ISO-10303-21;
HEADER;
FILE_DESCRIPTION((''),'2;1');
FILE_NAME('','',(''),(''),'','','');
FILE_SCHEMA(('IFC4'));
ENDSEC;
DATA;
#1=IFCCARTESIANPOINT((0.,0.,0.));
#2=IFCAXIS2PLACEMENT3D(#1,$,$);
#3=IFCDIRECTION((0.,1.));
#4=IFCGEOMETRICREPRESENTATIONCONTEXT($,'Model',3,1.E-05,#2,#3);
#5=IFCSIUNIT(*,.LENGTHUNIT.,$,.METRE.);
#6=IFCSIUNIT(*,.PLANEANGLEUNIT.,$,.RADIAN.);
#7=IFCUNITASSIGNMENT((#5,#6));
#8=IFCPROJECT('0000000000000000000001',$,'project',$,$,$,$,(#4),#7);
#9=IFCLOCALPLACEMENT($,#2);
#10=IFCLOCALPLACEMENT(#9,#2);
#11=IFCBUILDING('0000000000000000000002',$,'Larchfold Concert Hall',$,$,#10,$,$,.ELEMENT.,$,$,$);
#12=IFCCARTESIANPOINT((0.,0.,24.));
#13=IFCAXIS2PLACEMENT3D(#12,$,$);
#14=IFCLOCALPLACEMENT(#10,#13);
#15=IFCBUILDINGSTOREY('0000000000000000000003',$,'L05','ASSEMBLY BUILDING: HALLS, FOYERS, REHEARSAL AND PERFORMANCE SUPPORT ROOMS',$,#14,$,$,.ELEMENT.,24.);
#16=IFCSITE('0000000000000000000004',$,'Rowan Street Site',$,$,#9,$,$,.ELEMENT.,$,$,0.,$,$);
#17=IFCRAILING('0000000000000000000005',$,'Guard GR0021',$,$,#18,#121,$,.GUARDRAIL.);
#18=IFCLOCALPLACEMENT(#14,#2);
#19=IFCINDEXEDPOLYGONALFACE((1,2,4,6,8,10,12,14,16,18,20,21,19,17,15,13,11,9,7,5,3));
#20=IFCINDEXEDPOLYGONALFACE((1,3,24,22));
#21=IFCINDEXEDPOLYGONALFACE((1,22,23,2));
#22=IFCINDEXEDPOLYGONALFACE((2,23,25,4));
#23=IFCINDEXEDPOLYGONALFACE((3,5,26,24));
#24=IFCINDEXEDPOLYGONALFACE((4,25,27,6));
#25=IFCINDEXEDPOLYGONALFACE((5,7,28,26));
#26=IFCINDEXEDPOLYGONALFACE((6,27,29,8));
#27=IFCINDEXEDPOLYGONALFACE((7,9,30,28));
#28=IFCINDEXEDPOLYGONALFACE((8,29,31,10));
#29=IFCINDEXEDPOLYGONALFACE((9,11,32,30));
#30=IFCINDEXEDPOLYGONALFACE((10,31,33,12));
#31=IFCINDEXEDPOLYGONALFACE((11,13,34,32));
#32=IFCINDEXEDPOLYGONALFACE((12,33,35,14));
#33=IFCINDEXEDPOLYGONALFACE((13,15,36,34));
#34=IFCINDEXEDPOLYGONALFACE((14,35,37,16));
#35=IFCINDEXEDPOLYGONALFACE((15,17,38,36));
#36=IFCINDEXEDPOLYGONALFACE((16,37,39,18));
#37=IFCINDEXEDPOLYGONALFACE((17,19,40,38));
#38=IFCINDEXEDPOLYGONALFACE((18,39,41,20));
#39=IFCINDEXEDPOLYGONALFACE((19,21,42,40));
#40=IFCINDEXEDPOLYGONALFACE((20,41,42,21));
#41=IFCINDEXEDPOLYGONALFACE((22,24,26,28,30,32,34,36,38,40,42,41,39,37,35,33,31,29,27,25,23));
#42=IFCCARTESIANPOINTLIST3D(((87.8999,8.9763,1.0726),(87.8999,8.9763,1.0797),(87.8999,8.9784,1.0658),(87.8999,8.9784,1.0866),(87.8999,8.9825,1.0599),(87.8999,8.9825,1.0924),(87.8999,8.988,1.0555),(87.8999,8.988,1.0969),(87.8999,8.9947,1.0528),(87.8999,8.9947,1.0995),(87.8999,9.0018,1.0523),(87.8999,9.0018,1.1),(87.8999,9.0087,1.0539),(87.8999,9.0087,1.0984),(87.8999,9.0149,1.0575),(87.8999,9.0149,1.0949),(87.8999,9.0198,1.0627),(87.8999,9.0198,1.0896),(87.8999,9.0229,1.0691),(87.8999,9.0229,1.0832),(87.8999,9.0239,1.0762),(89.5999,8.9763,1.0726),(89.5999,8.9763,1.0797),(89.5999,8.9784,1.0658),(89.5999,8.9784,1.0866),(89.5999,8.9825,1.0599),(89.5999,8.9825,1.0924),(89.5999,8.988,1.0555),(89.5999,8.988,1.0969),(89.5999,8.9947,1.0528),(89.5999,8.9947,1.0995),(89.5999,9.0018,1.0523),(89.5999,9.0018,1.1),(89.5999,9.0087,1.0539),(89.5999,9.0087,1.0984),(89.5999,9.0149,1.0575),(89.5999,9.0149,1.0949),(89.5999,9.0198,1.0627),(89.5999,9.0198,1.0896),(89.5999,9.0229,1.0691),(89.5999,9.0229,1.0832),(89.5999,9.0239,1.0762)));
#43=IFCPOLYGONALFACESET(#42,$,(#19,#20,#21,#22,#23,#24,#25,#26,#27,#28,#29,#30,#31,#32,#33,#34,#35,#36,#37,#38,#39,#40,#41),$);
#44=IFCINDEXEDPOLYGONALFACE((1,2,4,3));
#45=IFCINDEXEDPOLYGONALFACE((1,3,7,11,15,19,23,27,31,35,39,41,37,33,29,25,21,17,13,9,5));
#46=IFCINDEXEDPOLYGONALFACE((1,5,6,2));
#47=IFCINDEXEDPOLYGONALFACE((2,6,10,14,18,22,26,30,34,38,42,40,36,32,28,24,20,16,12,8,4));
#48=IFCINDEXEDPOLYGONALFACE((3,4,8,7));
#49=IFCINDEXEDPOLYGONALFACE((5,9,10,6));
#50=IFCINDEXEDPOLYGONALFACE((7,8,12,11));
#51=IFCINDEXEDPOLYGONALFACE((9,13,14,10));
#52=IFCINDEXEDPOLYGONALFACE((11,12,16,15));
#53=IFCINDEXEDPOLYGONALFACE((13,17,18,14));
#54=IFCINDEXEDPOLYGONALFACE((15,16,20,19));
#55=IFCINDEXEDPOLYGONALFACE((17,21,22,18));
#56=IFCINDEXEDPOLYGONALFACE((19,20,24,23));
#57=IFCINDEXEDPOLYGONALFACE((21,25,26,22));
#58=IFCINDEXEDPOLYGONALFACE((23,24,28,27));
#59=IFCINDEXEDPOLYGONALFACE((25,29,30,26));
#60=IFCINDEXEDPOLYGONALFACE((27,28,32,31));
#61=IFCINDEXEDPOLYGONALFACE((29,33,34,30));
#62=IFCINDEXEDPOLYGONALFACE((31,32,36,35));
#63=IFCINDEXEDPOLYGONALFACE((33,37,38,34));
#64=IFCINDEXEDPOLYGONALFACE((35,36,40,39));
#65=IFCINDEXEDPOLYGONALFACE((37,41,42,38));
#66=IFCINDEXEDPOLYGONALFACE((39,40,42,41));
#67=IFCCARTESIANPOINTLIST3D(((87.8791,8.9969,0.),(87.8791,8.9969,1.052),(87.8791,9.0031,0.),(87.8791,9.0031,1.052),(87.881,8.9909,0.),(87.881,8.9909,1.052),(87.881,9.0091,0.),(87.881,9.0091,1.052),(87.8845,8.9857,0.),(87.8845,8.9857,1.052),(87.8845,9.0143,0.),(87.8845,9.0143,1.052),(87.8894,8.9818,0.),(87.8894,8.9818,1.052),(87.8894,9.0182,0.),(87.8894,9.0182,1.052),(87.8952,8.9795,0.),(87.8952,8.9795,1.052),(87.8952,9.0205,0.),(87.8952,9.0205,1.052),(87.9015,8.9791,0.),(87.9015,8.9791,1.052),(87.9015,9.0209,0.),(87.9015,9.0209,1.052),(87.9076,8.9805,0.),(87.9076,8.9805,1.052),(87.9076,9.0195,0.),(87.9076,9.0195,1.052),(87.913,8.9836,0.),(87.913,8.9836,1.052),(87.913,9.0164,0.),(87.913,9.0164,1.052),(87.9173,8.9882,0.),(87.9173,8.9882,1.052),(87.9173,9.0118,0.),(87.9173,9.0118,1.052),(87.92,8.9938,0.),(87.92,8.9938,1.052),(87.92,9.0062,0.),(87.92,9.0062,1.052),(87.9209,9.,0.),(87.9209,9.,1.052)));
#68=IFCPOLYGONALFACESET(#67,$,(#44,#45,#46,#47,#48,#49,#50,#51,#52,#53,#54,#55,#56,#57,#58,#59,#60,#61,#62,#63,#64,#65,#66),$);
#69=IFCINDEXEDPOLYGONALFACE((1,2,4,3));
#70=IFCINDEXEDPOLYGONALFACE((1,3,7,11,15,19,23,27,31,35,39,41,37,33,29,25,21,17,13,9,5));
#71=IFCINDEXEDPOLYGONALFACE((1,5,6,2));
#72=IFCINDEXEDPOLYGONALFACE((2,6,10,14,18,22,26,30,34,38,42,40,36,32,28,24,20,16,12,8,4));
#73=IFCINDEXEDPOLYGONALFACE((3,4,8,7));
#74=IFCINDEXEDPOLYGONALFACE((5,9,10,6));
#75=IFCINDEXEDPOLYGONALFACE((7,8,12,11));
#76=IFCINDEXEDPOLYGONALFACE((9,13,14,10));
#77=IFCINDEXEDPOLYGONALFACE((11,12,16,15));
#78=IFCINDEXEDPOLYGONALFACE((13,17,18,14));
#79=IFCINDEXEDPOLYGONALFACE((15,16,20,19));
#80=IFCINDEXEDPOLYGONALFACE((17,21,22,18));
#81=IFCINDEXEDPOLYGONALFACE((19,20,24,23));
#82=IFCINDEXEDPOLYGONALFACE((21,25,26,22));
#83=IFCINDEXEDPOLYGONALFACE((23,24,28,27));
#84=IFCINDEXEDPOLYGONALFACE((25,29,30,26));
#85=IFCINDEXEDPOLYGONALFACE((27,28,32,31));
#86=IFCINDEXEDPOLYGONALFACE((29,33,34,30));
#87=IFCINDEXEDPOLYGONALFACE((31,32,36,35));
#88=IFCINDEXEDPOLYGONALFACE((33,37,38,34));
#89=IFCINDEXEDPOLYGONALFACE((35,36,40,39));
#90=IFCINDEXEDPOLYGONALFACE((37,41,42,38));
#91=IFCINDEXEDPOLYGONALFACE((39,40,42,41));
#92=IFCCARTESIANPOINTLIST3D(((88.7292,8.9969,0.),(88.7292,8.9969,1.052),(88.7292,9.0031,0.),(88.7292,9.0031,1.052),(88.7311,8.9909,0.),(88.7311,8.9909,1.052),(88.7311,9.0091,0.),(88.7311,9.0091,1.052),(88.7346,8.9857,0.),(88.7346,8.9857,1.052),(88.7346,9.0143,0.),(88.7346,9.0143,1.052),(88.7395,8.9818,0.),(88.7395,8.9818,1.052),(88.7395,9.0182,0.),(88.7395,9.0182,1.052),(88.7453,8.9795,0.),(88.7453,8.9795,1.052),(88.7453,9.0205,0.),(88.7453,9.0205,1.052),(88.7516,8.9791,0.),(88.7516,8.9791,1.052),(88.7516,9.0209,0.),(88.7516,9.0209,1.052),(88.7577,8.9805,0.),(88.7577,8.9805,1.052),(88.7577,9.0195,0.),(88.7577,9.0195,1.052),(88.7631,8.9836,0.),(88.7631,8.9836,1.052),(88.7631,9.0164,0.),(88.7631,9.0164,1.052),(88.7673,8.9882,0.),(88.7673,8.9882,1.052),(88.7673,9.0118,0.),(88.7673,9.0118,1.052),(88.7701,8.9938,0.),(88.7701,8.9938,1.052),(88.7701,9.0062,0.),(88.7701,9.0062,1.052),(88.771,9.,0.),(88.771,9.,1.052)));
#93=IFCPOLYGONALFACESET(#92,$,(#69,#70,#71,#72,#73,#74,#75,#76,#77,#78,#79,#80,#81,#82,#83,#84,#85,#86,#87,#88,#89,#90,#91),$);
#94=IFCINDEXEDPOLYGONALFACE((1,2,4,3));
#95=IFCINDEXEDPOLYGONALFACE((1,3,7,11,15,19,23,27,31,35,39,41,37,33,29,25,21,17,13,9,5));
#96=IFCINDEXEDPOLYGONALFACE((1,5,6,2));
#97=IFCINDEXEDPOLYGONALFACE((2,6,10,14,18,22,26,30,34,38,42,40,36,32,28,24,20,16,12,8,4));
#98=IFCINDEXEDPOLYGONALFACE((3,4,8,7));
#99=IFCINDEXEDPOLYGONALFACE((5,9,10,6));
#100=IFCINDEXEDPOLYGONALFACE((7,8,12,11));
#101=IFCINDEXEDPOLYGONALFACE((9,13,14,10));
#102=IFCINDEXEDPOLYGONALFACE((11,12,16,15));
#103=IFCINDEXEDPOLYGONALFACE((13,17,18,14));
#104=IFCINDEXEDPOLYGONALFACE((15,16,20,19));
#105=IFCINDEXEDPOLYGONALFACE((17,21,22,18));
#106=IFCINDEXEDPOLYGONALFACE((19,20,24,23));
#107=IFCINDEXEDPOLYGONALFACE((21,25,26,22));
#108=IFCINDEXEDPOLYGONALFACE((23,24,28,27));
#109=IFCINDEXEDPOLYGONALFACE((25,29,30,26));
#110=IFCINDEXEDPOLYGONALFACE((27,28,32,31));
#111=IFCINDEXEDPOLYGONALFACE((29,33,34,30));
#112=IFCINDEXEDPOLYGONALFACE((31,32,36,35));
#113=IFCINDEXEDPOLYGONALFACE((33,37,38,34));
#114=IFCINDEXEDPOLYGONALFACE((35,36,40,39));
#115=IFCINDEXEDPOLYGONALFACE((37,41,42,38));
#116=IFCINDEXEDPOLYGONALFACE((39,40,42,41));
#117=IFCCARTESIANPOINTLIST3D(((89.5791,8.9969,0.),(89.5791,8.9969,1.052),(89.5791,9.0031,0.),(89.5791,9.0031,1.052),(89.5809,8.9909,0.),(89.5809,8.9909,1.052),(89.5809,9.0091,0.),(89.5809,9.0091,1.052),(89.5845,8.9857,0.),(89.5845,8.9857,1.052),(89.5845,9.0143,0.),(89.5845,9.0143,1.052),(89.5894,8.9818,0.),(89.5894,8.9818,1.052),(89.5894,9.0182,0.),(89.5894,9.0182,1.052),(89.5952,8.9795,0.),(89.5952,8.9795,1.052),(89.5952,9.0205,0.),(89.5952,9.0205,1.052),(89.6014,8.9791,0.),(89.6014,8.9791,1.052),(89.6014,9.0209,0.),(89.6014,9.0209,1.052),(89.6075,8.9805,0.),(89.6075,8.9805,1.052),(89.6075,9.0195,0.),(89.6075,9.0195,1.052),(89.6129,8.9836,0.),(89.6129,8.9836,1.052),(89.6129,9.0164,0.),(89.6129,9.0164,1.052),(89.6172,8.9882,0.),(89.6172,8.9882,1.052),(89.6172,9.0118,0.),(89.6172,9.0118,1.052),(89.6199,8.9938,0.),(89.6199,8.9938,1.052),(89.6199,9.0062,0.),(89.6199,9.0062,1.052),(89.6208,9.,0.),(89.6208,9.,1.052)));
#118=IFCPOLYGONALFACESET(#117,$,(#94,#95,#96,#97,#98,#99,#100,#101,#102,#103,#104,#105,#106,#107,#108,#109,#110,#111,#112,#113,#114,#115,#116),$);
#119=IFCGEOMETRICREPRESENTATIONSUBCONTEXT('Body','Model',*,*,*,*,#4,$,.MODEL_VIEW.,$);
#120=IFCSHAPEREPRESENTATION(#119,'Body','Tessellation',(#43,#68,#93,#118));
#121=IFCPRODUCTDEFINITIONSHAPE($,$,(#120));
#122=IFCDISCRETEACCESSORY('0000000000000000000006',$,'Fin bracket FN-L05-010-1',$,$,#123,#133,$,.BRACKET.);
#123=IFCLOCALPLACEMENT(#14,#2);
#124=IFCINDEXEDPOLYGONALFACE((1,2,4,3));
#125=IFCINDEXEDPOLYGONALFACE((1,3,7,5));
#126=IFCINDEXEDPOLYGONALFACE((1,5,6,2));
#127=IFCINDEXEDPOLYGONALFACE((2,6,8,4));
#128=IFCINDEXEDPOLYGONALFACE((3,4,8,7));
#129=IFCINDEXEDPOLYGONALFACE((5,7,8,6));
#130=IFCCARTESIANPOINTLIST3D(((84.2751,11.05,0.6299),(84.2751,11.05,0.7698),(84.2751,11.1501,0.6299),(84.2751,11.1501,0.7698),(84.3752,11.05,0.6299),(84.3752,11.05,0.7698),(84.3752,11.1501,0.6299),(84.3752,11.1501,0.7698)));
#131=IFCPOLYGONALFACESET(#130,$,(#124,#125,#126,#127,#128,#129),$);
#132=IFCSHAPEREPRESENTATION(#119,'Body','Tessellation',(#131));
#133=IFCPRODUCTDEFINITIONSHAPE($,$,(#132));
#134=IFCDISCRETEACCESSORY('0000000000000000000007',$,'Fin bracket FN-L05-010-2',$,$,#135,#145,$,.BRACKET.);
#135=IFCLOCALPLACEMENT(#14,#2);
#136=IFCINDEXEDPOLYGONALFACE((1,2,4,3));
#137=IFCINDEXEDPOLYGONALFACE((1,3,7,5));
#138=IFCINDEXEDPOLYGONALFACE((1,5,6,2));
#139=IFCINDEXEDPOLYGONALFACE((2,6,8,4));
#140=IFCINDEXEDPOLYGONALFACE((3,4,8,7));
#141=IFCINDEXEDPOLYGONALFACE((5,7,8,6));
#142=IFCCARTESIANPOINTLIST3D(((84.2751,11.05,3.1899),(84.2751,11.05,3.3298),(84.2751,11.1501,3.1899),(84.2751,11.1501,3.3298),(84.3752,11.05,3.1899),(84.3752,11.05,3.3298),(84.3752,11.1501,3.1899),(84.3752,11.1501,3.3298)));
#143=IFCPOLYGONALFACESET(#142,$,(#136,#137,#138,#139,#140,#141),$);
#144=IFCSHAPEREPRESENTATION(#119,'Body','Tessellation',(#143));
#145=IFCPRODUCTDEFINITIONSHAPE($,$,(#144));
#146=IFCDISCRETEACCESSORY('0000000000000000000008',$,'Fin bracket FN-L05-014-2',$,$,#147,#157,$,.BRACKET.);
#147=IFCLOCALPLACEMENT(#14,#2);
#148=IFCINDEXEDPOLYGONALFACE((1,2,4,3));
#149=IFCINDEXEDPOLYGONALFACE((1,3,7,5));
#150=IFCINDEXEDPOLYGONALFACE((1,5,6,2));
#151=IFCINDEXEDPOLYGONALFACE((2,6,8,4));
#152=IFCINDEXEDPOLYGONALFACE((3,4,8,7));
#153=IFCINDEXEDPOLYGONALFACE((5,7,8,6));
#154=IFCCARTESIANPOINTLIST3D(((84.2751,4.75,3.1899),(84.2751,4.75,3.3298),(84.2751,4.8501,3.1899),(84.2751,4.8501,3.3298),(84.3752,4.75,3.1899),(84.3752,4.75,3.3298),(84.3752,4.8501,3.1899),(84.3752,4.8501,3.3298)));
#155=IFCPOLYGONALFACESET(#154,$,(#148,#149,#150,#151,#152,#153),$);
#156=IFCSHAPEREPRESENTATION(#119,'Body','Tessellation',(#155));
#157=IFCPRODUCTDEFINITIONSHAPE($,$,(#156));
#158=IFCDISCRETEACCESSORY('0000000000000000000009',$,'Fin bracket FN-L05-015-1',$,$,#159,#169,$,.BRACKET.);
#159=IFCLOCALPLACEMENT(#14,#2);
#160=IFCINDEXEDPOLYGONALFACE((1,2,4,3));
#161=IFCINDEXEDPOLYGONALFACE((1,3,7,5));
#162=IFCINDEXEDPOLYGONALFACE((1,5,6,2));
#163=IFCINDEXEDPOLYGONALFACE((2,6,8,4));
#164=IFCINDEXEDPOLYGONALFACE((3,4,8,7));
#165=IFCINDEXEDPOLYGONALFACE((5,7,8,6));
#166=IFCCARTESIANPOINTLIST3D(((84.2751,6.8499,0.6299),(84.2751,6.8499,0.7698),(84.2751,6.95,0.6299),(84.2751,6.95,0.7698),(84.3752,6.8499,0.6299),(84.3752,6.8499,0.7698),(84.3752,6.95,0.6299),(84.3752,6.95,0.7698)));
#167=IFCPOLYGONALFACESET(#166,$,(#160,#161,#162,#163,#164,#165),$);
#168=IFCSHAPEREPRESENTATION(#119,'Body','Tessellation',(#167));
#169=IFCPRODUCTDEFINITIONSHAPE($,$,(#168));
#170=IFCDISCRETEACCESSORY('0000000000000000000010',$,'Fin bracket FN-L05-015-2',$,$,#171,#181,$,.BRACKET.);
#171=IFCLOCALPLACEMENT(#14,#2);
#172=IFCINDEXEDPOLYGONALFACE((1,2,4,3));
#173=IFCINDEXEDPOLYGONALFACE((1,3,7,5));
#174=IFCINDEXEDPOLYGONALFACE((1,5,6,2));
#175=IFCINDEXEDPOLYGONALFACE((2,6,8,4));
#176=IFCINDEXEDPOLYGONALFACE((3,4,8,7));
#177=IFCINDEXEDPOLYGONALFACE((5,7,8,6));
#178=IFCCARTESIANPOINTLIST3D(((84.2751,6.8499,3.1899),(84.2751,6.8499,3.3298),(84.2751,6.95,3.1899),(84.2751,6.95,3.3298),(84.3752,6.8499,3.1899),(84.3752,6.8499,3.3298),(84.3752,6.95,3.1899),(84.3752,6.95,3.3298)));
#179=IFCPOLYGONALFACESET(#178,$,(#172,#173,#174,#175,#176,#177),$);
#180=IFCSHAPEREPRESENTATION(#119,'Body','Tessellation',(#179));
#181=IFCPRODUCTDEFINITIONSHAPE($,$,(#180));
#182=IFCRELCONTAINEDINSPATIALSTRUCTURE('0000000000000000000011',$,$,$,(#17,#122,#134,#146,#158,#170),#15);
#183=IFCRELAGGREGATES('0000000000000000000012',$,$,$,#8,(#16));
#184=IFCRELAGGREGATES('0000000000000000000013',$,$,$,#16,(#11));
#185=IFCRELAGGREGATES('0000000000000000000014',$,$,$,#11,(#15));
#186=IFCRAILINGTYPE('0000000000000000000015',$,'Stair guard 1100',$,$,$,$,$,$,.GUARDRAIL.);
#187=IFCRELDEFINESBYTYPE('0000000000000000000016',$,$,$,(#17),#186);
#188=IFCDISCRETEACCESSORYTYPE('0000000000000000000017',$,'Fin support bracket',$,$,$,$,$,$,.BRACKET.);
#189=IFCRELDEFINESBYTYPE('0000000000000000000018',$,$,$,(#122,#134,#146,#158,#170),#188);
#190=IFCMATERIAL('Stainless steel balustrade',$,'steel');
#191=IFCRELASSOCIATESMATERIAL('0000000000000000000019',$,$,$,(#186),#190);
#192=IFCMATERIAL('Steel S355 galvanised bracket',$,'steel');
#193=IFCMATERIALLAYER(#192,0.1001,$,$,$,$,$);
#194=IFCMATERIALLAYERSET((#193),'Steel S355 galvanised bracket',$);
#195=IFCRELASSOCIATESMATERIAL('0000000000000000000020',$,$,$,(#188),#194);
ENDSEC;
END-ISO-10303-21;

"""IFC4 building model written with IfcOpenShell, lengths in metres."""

from ifc_helpers import new_model, si_unit, direction, frame, origin, origin_2d, place, context, subcontext, project, spatial, rectangle, circle, extrude, material, layer, layer_set, type_object, element, save


model = new_model("IFC4")

# Units and contexts
model_context = context("Model", 3, precision=1e-05, world=origin(), true_north=direction((0.0, 1.0)))
body_context = subcontext(model_context, "Body", "Model", "MODEL_VIEW")
ifc_project = project(units=[si_unit("LENGTHUNIT", "METRE"), si_unit("PLANEANGLEUNIT", "RADIAN")], contexts=[model_context])

# Site, building, storey
site_placement = place(None, origin())
site = spatial("IfcSite", under=ifc_project, at=site_placement, Name="Rowan Street Site", CompositionType="ELEMENT", RefElevation=0.0)
building_placement = place(site_placement, origin())
building = spatial("IfcBuilding", under=site, at=building_placement, Name="Larchfold Concert Hall", CompositionType="ELEMENT")
storey_placement = place(building_placement, frame((0.0, 0.0, 24.0)))
storey = spatial("IfcBuildingStorey", under=building, at=storey_placement, Name="L05", Description="ASSEMBLY BUILDING: HALLS, FOYERS, REHEARSAL AND PERFORMANCE SUPPORT ROOMS", CompositionType="ELEMENT", Elevation=24.0)

# Railing
ifc_material_1 = material(Name="Stainless steel balustrade", Category="steel")
railing_type = type_object("IfcRailingType", Name="Stair guard 1100", PredefinedType="GUARDRAIL", material=ifc_material_1)
railing_placement = place(storey_placement, frame((87.8999, 9.0, 0.0)))
element("IfcRailing", 1, at=railing_placement, inside=storey, type_object=railing_type, Name="Guard GR0021", PredefinedType="GUARDRAIL", context=body_context, shape_type="SweptSolid", body=[
    extrude(circle(Radius=0.0239, at=origin_2d()), frame((0.0, 0.0, 1.0762), z_axis=(1.0, 0.0, 0.0), x_axis=(0.0, 1.0, 0.0)), (0.0, 0.0, 1.0), 1.7),
    extrude(circle(Radius=0.021, at=origin_2d()), origin(), (0.0, 0.0, 1.0), 1.052),
    extrude(circle(Radius=0.021, at=origin_2d()), frame((0.8501, 0.0, 0.0)), (0.0, 0.0, 1.0), 1.052),
    extrude(circle(Radius=0.021, at=origin_2d()), frame((1.7, 0.0, 0.0)), (0.0, 0.0, 1.0), 1.052),
])

# Discrete accessories
ifc_material_2 = material(Name="Steel S355 galvanised bracket", Category="steel")
ifc_layer_1 = layer(ifc_material_2, 0.1001)
ifc_layer_set_1 = layer_set([ifc_layer_1], Name="Steel S355 galvanised bracket")
discrete_accessory_type = type_object("IfcDiscreteAccessoryType", Name="Fin support bracket", PredefinedType="BRACKET", material=ifc_layer_set_1)
for number, where, z_axis, x_axis, name in (
    (2, (84.3252, 11.1001, 0.6299), (0.0, 0.0, 1.0), (-1.0, 0.0, 0.0), "Fin bracket FN-L05-010-1"),
    (3, (84.3252, 11.1001, 3.1899), (0.0, 0.0, 1.0), (-1.0, 0.0, 0.0), "Fin bracket FN-L05-010-2"),
    (4, (84.3252, 4.8, 3.1899), (0.0, 0.0, 1.0), (-1.0, 0.0, 0.0), "Fin bracket FN-L05-014-2"),
    (5, (84.3252, 6.8999, 0.6299), (0.0, 0.0, 1.0), (-1.0, 0.0, 0.0), "Fin bracket FN-L05-015-1"),
    (6, (84.3252, 6.8999, 3.1899), (0.0, 0.0, 1.0), (-1.0, 0.0, 0.0), "Fin bracket FN-L05-015-2"),
):
    element("IfcDiscreteAccessory", number, at=place(storey_placement, frame(where, z_axis=z_axis, x_axis=x_axis)), inside=storey, type_object=discrete_accessory_type, Name=name, PredefinedType="BRACKET", context=body_context, shape_type="SweptSolid", body=[
        extrude(rectangle(XDim=0.1001, YDim=0.1001, at=origin_2d()), origin(), (0.0, 0.0, 1.0), 0.1399),
    ])

save(model, "model.ifc")
